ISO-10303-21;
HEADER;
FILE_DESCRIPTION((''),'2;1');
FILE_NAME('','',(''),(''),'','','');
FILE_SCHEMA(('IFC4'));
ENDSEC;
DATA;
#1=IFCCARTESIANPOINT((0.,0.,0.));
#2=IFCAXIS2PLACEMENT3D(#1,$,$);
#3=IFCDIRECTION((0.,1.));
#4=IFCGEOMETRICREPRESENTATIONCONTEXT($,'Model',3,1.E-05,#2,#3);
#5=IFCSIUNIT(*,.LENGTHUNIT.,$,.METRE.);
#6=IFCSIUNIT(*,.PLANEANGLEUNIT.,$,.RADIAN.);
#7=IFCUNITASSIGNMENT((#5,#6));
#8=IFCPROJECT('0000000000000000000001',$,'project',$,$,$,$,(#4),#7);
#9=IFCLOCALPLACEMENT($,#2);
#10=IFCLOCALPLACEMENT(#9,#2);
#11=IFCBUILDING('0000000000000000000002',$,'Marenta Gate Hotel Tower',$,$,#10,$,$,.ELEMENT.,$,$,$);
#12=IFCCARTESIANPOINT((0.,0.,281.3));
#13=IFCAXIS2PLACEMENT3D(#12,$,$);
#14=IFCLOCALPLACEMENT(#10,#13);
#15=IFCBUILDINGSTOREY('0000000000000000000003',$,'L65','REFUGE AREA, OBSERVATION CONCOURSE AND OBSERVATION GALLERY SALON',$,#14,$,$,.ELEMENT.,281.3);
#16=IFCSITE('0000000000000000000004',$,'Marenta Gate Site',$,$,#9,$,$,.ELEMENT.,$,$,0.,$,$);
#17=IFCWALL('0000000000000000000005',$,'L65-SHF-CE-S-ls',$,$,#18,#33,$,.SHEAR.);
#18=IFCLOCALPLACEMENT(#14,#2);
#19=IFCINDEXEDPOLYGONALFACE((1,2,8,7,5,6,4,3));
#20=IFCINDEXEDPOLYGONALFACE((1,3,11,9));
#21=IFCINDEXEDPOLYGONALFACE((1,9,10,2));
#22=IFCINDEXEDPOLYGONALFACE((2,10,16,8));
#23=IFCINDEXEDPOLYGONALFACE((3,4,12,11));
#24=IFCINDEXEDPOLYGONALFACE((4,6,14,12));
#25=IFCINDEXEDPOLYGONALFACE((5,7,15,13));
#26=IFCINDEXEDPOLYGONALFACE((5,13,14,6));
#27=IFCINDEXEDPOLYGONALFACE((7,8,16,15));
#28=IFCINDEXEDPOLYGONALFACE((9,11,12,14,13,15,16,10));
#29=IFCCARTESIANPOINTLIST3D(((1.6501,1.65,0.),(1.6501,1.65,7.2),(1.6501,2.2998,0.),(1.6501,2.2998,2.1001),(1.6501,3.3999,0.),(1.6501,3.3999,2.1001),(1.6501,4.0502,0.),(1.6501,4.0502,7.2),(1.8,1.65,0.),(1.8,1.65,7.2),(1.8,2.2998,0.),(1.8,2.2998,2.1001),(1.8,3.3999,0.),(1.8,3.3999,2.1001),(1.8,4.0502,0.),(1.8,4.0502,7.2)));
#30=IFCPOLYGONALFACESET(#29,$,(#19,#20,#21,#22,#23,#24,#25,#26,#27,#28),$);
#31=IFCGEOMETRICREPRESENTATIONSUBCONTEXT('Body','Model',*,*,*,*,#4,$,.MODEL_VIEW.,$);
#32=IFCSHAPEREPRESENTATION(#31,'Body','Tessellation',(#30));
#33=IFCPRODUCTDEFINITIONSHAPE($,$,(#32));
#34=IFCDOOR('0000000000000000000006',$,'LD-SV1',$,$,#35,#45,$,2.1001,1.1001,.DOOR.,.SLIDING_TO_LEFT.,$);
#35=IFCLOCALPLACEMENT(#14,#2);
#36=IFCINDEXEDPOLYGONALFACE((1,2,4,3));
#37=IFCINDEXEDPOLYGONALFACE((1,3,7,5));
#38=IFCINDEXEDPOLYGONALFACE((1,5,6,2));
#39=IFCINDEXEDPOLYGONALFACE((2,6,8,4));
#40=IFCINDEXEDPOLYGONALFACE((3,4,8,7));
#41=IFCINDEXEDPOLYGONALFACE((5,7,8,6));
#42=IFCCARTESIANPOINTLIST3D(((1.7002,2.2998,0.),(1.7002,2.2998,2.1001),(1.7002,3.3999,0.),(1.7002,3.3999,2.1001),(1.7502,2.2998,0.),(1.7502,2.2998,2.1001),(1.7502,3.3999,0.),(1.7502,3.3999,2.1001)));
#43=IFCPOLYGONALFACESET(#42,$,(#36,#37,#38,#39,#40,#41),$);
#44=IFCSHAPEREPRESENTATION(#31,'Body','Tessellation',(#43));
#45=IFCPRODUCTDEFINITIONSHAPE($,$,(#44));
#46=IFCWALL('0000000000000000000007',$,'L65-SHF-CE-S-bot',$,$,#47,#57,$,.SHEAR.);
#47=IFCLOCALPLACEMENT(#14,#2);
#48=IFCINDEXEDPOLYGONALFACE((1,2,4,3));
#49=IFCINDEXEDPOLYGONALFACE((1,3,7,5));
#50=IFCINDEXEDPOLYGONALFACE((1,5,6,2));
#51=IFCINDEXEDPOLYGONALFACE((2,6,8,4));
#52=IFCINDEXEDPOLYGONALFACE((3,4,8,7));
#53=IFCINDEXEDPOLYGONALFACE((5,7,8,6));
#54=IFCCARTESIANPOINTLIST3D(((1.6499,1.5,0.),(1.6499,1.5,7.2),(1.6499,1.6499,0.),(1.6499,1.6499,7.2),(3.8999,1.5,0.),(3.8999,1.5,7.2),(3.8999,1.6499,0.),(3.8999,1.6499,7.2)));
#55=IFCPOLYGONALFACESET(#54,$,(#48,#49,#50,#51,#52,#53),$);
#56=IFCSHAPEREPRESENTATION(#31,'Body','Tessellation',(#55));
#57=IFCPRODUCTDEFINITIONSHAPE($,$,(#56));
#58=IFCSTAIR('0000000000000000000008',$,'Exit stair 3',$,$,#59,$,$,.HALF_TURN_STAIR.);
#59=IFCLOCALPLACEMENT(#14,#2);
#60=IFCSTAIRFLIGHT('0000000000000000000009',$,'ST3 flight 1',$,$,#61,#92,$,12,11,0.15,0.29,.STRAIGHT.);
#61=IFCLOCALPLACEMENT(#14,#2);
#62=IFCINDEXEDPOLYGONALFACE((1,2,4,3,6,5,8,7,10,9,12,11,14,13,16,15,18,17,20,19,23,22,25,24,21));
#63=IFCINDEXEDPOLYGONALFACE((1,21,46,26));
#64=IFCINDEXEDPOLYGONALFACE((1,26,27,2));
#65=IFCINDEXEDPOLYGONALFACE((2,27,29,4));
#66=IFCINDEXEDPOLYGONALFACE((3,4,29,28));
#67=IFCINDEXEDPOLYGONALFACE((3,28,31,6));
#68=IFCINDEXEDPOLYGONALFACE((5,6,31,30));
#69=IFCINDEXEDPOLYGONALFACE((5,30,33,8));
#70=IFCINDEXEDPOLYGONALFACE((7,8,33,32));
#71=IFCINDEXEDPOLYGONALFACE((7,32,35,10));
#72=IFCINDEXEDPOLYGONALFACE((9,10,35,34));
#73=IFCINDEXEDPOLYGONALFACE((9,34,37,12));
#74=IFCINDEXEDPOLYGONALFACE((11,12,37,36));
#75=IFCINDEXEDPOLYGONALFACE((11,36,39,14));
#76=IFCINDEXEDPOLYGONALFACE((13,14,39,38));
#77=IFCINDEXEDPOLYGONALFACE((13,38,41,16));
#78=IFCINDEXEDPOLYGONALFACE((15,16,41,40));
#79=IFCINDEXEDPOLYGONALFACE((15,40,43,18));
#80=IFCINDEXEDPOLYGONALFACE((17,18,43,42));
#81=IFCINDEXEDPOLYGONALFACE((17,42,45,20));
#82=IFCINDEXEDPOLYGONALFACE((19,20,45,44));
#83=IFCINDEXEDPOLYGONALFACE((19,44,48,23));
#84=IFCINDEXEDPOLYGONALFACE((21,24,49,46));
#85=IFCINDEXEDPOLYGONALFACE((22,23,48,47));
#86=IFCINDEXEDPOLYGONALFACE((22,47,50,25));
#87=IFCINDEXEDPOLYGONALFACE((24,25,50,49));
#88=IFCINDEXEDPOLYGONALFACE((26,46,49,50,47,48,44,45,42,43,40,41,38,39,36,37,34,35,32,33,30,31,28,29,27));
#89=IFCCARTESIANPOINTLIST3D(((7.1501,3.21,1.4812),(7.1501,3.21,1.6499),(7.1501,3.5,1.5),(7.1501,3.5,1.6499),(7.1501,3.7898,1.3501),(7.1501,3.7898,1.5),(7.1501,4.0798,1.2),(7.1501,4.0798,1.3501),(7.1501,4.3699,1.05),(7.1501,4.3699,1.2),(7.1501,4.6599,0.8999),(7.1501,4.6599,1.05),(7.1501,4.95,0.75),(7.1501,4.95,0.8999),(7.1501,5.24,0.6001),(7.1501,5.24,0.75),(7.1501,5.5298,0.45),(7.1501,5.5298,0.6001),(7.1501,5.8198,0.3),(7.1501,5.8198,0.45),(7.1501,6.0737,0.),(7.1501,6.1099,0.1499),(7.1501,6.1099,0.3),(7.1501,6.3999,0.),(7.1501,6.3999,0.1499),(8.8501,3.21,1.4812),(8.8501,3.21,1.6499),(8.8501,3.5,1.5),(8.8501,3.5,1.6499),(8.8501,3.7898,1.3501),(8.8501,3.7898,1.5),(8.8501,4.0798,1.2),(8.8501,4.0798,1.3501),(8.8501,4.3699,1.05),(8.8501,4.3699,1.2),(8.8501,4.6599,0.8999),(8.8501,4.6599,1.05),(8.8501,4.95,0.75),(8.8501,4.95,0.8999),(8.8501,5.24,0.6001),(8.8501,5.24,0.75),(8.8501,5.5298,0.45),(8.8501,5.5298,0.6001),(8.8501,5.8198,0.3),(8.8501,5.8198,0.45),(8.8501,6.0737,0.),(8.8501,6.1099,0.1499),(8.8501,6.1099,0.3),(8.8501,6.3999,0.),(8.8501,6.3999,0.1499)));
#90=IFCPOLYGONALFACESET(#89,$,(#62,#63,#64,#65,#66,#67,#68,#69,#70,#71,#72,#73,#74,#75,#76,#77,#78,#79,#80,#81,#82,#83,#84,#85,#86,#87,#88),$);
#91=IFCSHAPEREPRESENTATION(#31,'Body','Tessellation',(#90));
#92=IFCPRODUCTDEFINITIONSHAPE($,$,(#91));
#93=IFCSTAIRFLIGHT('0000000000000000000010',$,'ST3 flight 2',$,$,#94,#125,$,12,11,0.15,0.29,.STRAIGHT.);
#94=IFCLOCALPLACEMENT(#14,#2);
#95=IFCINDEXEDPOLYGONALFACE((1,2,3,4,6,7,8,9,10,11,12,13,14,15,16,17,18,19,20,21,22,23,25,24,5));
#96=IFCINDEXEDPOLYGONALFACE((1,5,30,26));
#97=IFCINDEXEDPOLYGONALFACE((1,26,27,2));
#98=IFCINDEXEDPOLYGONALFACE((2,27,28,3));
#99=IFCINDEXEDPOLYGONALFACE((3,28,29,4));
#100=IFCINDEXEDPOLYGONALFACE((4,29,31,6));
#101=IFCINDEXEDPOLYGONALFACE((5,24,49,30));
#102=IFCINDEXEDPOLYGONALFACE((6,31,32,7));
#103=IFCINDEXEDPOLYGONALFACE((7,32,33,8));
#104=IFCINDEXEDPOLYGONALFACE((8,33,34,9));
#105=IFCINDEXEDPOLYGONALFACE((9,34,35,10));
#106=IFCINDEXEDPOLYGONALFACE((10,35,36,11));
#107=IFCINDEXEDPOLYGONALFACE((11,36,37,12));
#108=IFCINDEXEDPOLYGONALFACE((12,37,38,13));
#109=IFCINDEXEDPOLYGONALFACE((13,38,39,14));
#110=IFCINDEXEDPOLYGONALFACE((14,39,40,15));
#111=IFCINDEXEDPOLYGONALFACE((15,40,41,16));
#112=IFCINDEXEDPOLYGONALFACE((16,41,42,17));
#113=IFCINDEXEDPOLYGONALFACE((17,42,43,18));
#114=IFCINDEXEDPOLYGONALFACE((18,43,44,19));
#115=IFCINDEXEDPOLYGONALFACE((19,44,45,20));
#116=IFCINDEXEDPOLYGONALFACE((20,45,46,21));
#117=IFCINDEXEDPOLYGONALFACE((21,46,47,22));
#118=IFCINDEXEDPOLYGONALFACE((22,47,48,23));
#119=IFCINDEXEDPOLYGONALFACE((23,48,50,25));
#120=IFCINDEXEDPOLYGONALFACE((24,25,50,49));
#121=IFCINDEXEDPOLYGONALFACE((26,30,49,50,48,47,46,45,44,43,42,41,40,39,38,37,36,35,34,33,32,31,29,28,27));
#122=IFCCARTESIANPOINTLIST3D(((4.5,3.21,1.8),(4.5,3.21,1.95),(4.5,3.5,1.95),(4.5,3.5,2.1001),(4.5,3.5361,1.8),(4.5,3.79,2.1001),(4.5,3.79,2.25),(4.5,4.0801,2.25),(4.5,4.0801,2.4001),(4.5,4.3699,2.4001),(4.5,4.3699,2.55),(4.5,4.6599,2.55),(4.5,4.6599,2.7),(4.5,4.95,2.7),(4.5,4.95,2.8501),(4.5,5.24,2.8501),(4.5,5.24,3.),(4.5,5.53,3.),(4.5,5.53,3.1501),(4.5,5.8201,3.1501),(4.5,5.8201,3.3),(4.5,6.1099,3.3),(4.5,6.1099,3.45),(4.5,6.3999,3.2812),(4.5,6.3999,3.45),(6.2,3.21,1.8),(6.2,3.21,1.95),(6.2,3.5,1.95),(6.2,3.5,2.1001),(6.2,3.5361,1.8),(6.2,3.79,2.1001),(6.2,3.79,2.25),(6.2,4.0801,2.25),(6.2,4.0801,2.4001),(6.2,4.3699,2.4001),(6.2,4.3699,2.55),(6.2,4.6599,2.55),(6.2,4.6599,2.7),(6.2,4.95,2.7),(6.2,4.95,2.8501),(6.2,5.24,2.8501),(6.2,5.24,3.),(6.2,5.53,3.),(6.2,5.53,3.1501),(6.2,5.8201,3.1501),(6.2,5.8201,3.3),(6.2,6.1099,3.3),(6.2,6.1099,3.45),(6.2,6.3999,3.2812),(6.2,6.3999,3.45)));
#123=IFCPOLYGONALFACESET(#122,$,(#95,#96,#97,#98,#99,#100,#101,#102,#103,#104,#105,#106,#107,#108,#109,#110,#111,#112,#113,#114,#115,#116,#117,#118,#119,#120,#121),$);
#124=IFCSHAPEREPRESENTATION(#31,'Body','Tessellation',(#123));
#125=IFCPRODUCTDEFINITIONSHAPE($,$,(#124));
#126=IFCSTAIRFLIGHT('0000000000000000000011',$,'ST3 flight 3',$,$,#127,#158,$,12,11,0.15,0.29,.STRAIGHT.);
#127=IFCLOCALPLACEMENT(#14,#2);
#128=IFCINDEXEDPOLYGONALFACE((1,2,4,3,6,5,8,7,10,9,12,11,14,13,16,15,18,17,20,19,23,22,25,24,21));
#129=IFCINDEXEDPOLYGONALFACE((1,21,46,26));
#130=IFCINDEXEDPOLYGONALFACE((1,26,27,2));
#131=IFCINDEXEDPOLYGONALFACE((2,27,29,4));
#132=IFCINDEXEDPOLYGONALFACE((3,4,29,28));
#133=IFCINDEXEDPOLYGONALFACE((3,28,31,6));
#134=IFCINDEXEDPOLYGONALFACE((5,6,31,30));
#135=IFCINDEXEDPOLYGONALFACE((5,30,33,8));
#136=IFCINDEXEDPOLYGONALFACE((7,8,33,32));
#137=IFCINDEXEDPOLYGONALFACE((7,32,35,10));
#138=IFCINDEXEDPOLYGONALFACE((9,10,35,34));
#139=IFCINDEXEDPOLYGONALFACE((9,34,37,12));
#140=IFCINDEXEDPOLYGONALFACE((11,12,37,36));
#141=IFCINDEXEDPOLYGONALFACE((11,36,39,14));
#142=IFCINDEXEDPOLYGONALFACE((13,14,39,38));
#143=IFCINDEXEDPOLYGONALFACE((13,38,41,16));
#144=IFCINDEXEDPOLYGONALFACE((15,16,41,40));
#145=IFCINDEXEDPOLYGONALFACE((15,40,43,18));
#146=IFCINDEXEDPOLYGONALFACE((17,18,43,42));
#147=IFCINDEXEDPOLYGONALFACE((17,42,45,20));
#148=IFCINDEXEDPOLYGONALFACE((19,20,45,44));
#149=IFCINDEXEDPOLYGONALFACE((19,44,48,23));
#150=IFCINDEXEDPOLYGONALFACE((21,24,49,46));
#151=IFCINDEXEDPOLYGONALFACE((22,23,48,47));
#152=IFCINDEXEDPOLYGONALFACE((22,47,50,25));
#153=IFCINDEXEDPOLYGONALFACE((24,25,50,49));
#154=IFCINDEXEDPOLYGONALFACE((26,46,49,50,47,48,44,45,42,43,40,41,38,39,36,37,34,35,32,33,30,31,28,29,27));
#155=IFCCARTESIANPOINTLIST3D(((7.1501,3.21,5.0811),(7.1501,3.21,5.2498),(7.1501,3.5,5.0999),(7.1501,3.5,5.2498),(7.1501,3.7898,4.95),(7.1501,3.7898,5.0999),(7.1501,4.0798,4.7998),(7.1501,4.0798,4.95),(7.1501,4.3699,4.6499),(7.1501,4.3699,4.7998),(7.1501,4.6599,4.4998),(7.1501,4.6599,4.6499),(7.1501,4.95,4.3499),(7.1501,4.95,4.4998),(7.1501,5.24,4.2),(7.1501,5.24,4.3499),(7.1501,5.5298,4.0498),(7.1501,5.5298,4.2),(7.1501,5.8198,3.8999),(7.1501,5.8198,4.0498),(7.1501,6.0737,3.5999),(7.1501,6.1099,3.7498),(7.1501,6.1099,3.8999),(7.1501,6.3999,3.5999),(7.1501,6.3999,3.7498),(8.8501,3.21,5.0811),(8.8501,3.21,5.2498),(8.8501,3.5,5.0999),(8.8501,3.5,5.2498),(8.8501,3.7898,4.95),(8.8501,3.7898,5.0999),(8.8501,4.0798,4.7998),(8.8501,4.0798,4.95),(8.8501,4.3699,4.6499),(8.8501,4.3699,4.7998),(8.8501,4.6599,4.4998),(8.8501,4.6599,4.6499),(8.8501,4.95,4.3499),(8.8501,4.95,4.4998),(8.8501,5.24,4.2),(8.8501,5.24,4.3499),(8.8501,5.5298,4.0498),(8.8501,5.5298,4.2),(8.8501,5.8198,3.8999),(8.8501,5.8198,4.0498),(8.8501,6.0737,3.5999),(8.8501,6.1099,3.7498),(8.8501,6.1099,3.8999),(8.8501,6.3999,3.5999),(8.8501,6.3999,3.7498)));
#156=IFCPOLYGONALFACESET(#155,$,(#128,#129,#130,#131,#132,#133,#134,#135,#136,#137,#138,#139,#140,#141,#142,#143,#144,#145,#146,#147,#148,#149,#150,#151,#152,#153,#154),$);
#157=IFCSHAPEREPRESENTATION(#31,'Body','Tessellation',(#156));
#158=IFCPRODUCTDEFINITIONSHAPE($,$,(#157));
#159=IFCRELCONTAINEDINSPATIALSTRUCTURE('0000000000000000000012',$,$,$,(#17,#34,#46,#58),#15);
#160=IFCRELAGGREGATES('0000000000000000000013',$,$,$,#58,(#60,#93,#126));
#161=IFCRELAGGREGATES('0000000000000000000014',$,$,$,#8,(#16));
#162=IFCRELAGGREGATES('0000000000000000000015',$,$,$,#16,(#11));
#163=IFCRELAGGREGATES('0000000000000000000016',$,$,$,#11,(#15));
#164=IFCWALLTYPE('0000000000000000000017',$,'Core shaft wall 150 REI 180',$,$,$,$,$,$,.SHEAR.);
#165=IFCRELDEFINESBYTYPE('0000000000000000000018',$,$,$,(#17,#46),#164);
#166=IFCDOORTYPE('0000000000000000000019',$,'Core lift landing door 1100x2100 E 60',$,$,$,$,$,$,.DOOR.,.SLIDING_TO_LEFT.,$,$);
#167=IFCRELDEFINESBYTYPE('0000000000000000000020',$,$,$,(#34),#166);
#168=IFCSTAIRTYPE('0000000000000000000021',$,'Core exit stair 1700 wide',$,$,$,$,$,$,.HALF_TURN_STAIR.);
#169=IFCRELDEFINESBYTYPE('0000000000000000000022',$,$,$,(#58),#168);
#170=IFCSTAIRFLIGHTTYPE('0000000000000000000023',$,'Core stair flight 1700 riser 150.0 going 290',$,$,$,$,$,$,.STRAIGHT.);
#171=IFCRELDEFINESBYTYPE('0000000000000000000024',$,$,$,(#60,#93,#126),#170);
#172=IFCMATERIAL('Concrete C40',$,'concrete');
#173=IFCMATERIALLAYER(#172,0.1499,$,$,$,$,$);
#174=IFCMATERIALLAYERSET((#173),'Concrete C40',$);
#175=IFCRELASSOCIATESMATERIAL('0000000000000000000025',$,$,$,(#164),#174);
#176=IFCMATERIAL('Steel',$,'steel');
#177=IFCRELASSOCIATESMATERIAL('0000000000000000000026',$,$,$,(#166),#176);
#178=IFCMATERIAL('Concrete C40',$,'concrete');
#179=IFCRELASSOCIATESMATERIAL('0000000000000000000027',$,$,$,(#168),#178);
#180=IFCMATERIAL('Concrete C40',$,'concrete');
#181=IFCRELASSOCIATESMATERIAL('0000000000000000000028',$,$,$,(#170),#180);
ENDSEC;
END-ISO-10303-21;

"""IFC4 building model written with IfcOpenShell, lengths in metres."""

from ifc_helpers import new_model, si_unit, direction, frame, frame_2d, origin, place, context, subcontext, project, spatial, polyline, rectangle, outline, extrude, material, layer, layer_set, type_object, element, fill, aggregate, save


model = new_model("IFC4")

# Units and contexts
model_context = context("Model", 3, precision=1e-05, world=origin(), true_north=direction((0.0, 1.0)))
body_context = subcontext(model_context, "Body", "Model", "MODEL_VIEW")
ifc_project = project(units=[si_unit("LENGTHUNIT", "METRE"), si_unit("PLANEANGLEUNIT", "RADIAN")], contexts=[model_context])

# Site, building, storey
site_placement = place(None, origin())
site = spatial("IfcSite", under=ifc_project, at=site_placement, Name="Marenta Gate Site", CompositionType="ELEMENT", RefElevation=0.0)
building_placement = place(site_placement, origin())
building = spatial("IfcBuilding", under=site, at=building_placement, Name="Marenta Gate Hotel Tower", CompositionType="ELEMENT")
storey_placement = place(building_placement, frame((0.0, 0.0, 281.3)))
storey = spatial("IfcBuildingStorey", under=building, at=storey_placement, Name="L65", Description="REFUGE AREA, OBSERVATION CONCOURSE AND OBSERVATION GALLERY SALON", CompositionType="ELEMENT", Elevation=281.3)

# Wall, opening, door
ifc_material_1 = material(Name="Concrete C40", Category="concrete")
ifc_layer_1 = layer(ifc_material_1, 0.1499)
ifc_layer_set_1 = layer_set([ifc_layer_1], Name="Concrete C40")
wall_type_1 = type_object("IfcWallType", Name="Core shaft wall 150 REI 180", PredefinedType="SHEAR", material=ifc_layer_set_1)
wall_1_placement = place(storey_placement, frame((1.7251, 1.6499, 0.0), z_axis=(0.0, 0.0, 1.0), x_axis=(0.0, 1.0, 0.0)))
wall_1 = element("IfcWall", 1, at=wall_1_placement, inside=storey, type_object=wall_type_1, Name="L65-SHF-CE-S-ls", PredefinedType="SHEAR", context=body_context, shape_type="SweptSolid", body=[
    extrude(rectangle(XDim=2.4001, YDim=0.1499, at=frame_2d((1.2002, 0.0))), origin(), (0.0, 0.0, 1.0), 7.2),
])
opening_1_placement = place(wall_1_placement, frame((0.6499, 0.0, 0.0)))
opening_1 = element("IfcOpeningElement", 2, at=opening_1_placement, cuts=wall_1, PredefinedType="OPENING", context=body_context, shape_type="SweptSolid", body=[
    extrude(rectangle(XDim=1.1001, YDim=2.1001, at=frame_2d((0.55, 1.05))), frame((0.0, 0.075, 0.0), z_axis=(0.0, -1.0, 0.0), x_axis=(1.0, 0.0, 0.0)), (0.0, 0.0, 1.0), 0.1499),
])
ifc_material_2 = material(Name="Steel", Category="steel")
door_type_1 = type_object("IfcDoorType", Name="Core lift landing door 1100x2100 E 60", OperationType="SLIDING_TO_LEFT", PredefinedType="DOOR", material=ifc_material_2)
door_1_placement = place(opening_1_placement, origin())
door_1 = element("IfcDoor", 3, at=door_1_placement, inside=storey, type_object=door_type_1, Name="LD-SV1", OperationType="SLIDING_TO_LEFT", OverallHeight=2.1001, OverallWidth=1.1001, PredefinedType="DOOR", context=body_context, shape_type="SweptSolid", body=[
    extrude(rectangle(XDim=1.1001, YDim=2.1001, at=frame_2d((0.55, 1.05))), frame((0.0, 0.0249, 0.0), z_axis=(0.0, -1.0, 0.0), x_axis=(1.0, 0.0, 0.0)), (0.0, 0.0, 1.0), 0.05),
])
fill(opening_1, door_1)

# Wall
wall_2_placement = place(storey_placement, frame((1.6499, 1.575, 0.0), z_axis=(0.0, 0.0, 1.0), x_axis=(1.0, 0.0, 0.0)))
element("IfcWall", 4, at=wall_2_placement, inside=storey, type_object=wall_type_1, Name="L65-SHF-CE-S-bot", PredefinedType="SHEAR", context=body_context, shape_type="SweptSolid", body=[
    extrude(rectangle(XDim=2.25, YDim=0.1499, at=frame_2d((1.125, 0.0))), origin(), (0.0, 0.0, 1.0), 7.2),
])

# Stair, stair flights
ifc_material_3 = material(Name="Concrete C40", Category="concrete")
stair_type_1 = type_object("IfcStairType", Name="Core exit stair 1700 wide", PredefinedType="HALF_TURN_STAIR", material=ifc_material_3)
stair_1_placement = place(storey_placement, origin())
stair_1 = element("IfcStair", 5, at=stair_1_placement, inside=storey, type_object=stair_type_1, Name="Exit stair 3", PredefinedType="HALF_TURN_STAIR")
ifc_material_4 = material(Name="Concrete C40", Category="concrete")
stair_flight_type = type_object("IfcStairFlightType", Name="Core stair flight 1700 riser 150.0 going 290", PredefinedType="STRAIGHT", material=ifc_material_4)
stair_flight_1_placement = place(storey_placement, frame((8.0, 6.3999, 0.0), z_axis=(0.0, 0.0, 1.0), x_axis=(0.0, -1.0, 0.0)))
stair_flight_1 = element("IfcStairFlight", 6, at=stair_flight_1_placement, type_object=stair_flight_type, Name="ST3 flight 1", NumberOfRisers=12, NumberOfTreads=11, PredefinedType="STRAIGHT", RiserHeight=0.15, TreadLength=0.29, context=body_context, shape_type="SweptSolid", body=[
    extrude(outline(polyline([(0.0, 0.0), (0.0, 0.1499), (0.29, 0.1499), (0.29, 0.3), (0.5801, 0.3), (0.5801, 0.45), (0.8701, 0.45), (0.8701, 0.6001), (1.1599, 0.6001), (1.1599, 0.75), (1.45, 0.75), (1.45, 0.8999), (1.74, 0.8999), (1.74, 1.05), (2.03, 1.05), (2.03, 1.2), (2.3201, 1.2), (2.3201, 1.3501), (2.6101, 1.3501), (2.6101, 1.5), (2.8999, 1.5), (2.8999, 1.6499), (3.1899, 1.6499), (3.1899, 1.8), (3.1899, 1.4812), (0.3262, 0.0), (0.0, 0.0)])), frame((0.0, 0.8501, 0.0), z_axis=(0.0, -1.0, 0.0), x_axis=(1.0, 0.0, 0.0)), (0.0, 0.0, 1.0), 1.7),
])
stair_flight_2_placement = place(storey_placement, frame((5.3501, 3.21, 1.8), z_axis=(0.0, 0.0, 1.0), x_axis=(0.0, 1.0, 0.0)))
stair_flight_2 = element("IfcStairFlight", 7, at=stair_flight_2_placement, type_object=stair_flight_type, Name="ST3 flight 2", NumberOfRisers=12, NumberOfTreads=11, PredefinedType="STRAIGHT", RiserHeight=0.15, TreadLength=0.29, context=body_context, shape_type="SweptSolid", body=[
    extrude(outline(polyline([(0.0, 0.0), (0.0, 0.1499), (0.29, 0.1499), (0.29, 0.3), (0.5801, 0.3), (0.5801, 0.45), (0.8701, 0.45), (0.8701, 0.6001), (1.1599, 0.6001), (1.1599, 0.75), (1.45, 0.75), (1.45, 0.8999), (1.74, 0.8999), (1.74, 1.05), (2.03, 1.05), (2.03, 1.2), (2.3201, 1.2), (2.3201, 1.3501), (2.6101, 1.3501), (2.6101, 1.5), (2.8999, 1.5), (2.8999, 1.6499), (3.1899, 1.6499), (3.1899, 1.8), (3.1899, 1.4812), (0.3262, 0.0), (0.0, 0.0)])), frame((0.0, 0.8501, 0.0), z_axis=(0.0, -1.0, 0.0), x_axis=(1.0, 0.0, 0.0)), (0.0, 0.0, 1.0), 1.7),
])
stair_flight_3_placement = place(storey_placement, frame((8.0, 6.3999, 3.5999), z_axis=(0.0, 0.0, 1.0), x_axis=(0.0, -1.0, 0.0)))
stair_flight_3 = element("IfcStairFlight", 8, at=stair_flight_3_placement, type_object=stair_flight_type, Name="ST3 flight 3", NumberOfRisers=12, NumberOfTreads=11, PredefinedType="STRAIGHT", RiserHeight=0.15, TreadLength=0.29, context=body_context, shape_type="SweptSolid", body=[
    extrude(outline(polyline([(0.0, 0.0), (0.0, 0.1499), (0.29, 0.1499), (0.29, 0.3), (0.5801, 0.3), (0.5801, 0.45), (0.8701, 0.45), (0.8701, 0.6001), (1.1599, 0.6001), (1.1599, 0.75), (1.45, 0.75), (1.45, 0.8999), (1.74, 0.8999), (1.74, 1.05), (2.03, 1.05), (2.03, 1.2), (2.3201, 1.2), (2.3201, 1.3501), (2.6101, 1.3501), (2.6101, 1.5), (2.8999, 1.5), (2.8999, 1.6499), (3.1899, 1.6499), (3.1899, 1.8), (3.1899, 1.4812), (0.3262, 0.0), (0.0, 0.0)])), frame((0.0, 0.8501, 0.0), z_axis=(0.0, -1.0, 0.0), x_axis=(1.0, 0.0, 0.0)), (0.0, 0.0, 1.0), 1.7),
])
aggregate(stair_1, [stair_flight_1, stair_flight_2, stair_flight_3])

save(model, "model.ifc")
